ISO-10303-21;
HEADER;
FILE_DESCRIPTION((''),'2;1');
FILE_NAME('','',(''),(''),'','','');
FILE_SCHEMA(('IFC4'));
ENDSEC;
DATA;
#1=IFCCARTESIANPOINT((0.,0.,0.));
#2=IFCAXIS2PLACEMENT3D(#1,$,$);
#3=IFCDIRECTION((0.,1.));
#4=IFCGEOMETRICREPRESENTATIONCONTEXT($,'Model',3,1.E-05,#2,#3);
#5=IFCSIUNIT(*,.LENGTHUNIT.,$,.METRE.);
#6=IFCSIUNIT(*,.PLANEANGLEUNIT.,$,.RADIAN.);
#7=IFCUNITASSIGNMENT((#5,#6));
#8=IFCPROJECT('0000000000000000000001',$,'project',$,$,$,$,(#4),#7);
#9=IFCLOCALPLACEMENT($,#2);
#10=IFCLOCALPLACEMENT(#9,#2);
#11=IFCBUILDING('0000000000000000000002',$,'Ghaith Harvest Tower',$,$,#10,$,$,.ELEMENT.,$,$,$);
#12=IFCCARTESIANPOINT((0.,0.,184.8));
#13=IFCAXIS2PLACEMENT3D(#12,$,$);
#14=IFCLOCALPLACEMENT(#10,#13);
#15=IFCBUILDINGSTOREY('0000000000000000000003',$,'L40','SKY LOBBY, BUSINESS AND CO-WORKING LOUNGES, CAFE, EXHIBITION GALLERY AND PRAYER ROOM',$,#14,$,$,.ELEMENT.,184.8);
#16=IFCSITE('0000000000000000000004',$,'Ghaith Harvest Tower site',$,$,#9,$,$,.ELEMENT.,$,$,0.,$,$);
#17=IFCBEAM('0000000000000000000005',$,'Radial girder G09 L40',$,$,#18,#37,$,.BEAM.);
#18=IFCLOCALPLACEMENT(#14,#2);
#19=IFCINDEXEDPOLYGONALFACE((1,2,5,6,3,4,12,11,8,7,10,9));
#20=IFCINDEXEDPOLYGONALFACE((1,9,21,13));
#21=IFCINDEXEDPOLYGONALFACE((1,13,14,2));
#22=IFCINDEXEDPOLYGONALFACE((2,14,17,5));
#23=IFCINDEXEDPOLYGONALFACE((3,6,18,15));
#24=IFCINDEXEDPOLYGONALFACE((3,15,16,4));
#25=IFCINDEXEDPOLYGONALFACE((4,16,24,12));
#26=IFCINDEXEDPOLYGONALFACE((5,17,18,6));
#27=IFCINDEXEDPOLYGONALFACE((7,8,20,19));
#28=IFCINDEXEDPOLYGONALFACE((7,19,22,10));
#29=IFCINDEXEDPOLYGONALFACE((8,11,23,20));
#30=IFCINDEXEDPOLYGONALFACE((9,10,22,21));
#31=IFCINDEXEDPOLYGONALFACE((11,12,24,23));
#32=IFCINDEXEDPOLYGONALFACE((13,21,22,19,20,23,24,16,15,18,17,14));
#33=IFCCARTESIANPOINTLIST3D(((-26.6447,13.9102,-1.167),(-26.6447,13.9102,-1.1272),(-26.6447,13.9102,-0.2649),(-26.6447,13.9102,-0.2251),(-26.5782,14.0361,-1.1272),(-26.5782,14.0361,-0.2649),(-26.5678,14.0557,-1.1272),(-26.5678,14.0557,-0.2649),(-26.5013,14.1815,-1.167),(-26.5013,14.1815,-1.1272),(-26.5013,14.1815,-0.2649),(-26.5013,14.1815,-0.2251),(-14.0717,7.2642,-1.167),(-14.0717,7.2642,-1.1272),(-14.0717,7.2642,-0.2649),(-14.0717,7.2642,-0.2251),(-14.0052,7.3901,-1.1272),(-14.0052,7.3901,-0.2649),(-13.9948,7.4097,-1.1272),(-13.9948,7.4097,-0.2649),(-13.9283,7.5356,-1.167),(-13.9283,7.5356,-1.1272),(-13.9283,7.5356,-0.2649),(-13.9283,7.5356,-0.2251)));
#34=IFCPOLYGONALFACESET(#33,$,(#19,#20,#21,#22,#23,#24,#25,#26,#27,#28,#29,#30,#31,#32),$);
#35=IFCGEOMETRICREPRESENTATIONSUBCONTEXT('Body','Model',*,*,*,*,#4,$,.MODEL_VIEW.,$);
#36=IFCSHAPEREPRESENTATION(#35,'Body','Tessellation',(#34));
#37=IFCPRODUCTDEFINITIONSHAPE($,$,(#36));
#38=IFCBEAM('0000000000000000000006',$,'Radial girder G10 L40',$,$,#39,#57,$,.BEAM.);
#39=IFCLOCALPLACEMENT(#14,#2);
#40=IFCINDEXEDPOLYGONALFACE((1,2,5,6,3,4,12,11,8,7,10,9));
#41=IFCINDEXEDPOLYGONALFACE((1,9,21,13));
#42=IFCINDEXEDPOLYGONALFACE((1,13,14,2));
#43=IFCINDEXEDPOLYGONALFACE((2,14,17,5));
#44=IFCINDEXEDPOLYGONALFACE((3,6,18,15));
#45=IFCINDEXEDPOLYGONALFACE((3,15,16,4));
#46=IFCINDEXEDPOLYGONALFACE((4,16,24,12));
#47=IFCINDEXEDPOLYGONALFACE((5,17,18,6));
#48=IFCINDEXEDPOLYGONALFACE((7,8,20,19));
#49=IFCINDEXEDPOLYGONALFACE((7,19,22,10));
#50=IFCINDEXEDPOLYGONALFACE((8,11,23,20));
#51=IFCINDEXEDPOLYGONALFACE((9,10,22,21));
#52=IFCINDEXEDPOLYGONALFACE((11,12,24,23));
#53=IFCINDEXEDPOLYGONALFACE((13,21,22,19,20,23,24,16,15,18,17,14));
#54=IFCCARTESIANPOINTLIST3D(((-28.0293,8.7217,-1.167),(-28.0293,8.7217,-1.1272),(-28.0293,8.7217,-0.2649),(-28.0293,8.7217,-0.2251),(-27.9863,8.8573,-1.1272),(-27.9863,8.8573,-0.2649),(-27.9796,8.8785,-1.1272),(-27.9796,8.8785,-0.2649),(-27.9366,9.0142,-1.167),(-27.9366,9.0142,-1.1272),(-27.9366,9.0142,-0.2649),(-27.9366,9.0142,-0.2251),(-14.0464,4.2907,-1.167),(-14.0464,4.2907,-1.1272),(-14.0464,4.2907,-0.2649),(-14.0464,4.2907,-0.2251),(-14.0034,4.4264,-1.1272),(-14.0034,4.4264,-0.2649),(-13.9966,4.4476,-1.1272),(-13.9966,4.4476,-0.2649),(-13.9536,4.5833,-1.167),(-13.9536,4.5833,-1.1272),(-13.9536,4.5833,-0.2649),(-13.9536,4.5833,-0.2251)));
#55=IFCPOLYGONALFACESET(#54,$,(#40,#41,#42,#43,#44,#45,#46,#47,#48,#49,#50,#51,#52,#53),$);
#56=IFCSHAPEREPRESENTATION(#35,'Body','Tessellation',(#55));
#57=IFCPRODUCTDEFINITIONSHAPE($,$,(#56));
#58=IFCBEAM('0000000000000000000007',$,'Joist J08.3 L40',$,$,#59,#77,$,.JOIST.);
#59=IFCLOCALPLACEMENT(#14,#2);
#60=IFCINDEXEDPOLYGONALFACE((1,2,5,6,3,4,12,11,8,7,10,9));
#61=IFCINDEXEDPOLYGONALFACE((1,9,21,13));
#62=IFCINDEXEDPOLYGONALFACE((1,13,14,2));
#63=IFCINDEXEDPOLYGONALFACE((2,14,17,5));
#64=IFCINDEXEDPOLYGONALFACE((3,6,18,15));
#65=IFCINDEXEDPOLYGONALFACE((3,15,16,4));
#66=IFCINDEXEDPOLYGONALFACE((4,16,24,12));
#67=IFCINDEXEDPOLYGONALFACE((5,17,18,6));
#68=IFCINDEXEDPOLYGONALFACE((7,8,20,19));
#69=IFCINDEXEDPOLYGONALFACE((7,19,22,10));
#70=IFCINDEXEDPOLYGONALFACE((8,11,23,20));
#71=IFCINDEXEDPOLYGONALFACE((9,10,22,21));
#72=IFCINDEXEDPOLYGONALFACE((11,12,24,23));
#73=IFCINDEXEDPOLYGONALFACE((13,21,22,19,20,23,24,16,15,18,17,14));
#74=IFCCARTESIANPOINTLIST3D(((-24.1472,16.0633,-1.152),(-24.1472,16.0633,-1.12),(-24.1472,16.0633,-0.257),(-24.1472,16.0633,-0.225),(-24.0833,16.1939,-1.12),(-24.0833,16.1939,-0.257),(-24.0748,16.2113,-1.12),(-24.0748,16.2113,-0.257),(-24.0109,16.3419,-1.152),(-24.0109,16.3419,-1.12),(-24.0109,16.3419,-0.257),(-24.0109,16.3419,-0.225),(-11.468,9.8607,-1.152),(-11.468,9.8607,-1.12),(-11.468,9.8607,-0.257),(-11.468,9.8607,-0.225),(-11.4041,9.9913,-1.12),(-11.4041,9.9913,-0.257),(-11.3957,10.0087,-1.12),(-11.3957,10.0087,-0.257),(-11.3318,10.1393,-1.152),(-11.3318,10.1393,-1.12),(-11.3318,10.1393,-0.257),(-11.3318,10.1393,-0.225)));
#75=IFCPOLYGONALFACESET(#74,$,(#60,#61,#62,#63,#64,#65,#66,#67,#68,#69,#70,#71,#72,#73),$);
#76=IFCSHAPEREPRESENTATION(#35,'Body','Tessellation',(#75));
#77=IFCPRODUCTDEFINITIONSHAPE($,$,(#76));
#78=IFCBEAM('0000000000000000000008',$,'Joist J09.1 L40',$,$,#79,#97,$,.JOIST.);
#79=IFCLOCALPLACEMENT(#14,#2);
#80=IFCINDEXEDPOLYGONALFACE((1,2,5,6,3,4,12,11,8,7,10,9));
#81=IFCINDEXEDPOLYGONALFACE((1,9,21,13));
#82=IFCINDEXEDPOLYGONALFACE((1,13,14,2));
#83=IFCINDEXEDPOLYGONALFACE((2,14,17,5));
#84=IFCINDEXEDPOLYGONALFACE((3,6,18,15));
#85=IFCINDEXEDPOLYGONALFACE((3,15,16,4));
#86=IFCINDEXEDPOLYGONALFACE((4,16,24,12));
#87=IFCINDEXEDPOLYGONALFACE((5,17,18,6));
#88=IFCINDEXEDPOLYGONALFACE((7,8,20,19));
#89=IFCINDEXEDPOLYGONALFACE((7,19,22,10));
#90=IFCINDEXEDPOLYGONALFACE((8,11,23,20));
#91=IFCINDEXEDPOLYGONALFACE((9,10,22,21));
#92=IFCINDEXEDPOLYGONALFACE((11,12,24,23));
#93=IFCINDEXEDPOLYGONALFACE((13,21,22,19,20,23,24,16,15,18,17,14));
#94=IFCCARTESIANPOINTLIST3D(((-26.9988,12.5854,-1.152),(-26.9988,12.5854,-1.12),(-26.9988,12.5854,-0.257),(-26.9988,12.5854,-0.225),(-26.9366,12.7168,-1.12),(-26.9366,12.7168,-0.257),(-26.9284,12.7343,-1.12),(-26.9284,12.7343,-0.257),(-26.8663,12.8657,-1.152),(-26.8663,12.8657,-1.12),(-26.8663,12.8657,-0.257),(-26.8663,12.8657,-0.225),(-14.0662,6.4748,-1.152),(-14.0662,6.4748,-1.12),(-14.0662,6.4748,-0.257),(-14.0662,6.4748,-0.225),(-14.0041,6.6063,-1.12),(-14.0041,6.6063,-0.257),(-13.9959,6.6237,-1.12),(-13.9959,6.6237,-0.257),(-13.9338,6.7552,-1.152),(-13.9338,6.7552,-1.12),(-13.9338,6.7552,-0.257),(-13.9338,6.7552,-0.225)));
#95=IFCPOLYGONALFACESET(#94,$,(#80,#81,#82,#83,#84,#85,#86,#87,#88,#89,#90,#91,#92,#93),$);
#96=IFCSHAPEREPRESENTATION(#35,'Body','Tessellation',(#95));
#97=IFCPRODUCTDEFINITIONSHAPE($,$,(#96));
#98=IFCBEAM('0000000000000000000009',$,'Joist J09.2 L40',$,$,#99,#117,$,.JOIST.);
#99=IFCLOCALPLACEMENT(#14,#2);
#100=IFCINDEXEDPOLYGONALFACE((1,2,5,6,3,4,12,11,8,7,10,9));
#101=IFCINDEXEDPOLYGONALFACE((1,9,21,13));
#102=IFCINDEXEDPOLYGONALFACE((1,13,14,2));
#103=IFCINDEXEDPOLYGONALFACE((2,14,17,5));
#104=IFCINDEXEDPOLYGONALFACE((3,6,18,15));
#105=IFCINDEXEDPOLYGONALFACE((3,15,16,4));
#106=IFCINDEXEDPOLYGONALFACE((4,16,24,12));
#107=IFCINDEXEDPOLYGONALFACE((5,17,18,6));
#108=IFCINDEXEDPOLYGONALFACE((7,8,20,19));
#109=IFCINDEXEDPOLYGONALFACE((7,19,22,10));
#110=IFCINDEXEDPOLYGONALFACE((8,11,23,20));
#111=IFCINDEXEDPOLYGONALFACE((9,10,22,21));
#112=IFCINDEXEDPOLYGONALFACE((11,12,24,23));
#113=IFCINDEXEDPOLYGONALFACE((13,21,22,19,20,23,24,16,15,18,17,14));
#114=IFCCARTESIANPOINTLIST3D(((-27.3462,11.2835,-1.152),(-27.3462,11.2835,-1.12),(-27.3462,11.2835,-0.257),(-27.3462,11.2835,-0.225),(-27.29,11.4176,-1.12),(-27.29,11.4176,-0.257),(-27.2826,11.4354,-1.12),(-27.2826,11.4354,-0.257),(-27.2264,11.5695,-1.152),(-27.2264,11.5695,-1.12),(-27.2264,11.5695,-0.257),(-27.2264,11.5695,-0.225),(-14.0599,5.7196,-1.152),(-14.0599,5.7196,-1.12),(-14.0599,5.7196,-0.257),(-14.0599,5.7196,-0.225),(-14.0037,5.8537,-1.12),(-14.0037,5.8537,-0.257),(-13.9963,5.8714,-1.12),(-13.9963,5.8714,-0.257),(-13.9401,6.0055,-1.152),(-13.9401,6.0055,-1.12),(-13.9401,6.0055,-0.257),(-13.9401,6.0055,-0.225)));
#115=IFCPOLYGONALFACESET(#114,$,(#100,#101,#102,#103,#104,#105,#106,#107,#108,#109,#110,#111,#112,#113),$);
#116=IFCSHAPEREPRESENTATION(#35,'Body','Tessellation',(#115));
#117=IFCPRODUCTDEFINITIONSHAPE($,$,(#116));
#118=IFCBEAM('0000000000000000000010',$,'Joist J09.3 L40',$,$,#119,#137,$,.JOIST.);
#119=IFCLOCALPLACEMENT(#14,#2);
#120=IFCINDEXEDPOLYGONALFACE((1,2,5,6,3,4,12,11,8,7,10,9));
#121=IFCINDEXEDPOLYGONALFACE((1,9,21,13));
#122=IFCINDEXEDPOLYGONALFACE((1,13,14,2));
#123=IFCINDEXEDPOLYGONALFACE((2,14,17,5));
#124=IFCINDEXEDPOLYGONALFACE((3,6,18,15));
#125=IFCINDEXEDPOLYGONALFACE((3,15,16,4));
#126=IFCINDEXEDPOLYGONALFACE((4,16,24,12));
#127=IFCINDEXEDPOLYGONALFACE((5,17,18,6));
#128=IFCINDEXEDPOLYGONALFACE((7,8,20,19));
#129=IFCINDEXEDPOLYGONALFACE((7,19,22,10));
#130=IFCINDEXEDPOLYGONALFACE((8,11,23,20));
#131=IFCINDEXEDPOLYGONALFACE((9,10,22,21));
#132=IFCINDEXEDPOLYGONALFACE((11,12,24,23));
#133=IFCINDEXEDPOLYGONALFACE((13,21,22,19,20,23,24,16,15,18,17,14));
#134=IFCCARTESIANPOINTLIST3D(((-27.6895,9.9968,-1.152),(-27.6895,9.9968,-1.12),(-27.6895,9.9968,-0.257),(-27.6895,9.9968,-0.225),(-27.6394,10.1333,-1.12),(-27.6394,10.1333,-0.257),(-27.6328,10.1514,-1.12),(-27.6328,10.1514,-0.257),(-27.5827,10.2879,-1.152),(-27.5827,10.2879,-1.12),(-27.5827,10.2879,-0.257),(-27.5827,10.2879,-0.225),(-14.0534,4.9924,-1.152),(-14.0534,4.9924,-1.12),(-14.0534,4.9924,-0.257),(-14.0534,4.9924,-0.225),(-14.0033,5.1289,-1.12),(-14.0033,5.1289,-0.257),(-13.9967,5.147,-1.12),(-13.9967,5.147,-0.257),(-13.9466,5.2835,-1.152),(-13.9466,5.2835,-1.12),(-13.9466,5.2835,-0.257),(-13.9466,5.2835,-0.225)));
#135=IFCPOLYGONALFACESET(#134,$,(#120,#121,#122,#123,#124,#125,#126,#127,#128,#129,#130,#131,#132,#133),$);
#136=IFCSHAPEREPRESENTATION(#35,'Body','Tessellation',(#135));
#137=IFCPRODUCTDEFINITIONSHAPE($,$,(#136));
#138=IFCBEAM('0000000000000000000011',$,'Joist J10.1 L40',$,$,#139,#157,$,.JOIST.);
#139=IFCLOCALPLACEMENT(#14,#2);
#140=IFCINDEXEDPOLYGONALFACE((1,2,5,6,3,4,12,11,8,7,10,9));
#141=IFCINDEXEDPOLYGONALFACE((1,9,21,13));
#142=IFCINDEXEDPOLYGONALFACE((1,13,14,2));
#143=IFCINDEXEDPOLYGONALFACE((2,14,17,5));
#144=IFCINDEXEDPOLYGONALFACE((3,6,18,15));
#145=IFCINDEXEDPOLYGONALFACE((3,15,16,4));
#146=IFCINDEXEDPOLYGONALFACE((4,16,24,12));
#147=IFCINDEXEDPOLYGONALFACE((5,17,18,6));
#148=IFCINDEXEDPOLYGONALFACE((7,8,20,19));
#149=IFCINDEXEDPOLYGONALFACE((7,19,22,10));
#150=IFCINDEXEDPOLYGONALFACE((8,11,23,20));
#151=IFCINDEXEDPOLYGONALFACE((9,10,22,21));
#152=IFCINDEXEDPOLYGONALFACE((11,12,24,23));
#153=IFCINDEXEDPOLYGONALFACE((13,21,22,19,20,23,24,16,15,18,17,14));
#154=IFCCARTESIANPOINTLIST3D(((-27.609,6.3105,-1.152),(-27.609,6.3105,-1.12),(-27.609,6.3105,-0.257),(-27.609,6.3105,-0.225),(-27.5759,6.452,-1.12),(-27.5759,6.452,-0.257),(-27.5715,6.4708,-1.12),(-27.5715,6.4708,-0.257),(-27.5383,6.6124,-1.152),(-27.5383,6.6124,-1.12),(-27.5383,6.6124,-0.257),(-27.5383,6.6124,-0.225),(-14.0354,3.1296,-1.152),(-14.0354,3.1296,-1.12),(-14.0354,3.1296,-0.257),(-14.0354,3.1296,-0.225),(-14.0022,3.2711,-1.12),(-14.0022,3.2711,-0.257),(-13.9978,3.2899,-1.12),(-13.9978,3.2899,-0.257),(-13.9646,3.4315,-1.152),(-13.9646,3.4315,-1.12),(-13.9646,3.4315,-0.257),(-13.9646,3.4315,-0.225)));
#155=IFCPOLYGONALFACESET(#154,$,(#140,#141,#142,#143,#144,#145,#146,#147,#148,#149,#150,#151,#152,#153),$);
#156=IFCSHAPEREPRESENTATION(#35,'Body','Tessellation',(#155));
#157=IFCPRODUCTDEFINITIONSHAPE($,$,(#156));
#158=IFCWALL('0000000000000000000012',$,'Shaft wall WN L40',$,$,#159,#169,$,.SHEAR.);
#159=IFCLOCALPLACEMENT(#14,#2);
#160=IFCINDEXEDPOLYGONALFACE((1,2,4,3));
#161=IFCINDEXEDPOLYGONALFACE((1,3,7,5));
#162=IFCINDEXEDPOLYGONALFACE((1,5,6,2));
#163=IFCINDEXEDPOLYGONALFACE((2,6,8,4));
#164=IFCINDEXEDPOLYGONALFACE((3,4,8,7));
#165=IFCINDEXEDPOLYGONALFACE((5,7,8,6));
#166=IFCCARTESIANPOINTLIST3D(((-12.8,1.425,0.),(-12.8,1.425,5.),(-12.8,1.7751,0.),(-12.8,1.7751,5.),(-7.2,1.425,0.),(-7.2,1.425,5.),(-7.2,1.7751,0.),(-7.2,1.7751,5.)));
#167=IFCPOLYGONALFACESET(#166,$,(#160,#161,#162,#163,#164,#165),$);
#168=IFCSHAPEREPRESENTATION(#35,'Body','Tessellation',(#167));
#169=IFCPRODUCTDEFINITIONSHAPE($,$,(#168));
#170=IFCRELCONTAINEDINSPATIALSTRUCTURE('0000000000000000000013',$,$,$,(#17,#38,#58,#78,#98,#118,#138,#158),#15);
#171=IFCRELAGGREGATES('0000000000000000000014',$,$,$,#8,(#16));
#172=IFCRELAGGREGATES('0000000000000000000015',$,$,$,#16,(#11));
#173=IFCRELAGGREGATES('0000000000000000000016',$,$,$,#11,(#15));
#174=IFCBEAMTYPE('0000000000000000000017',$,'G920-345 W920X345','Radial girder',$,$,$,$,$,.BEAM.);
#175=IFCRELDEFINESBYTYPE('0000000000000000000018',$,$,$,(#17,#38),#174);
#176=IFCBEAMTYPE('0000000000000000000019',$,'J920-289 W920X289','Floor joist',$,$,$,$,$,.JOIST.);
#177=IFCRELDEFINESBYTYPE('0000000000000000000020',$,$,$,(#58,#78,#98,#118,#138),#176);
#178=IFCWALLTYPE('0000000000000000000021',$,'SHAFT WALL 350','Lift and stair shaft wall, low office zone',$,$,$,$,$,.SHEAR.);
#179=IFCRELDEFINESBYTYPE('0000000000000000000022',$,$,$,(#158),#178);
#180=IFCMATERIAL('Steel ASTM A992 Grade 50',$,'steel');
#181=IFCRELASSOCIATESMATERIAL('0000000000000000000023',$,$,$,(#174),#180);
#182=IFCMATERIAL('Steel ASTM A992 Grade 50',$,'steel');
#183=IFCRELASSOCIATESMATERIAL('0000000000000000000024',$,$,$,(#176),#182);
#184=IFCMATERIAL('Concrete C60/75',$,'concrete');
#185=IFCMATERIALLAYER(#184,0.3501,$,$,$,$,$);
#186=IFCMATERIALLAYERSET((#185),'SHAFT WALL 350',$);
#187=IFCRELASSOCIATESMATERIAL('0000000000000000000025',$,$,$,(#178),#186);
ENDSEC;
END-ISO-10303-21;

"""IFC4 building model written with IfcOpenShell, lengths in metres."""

from ifc_helpers import new_model, si_unit, direction, frame, frame_2d, origin, origin_2d, place, context, subcontext, project, spatial, rectangle, i_section, extrude, material, layer, layer_set, material_profile, profile_set, type_object, element, save


model = new_model("IFC4")

# Units and contexts
model_context = context("Model", 3, precision=1e-05, world=origin(), true_north=direction((0.0, 1.0)))
body_context = subcontext(model_context, "Body", "Model", "MODEL_VIEW")
ifc_project = project(units=[si_unit("LENGTHUNIT", "METRE"), si_unit("PLANEANGLEUNIT", "RADIAN")], contexts=[model_context])

# Site, building, storey
site_placement = place(None, origin())
site = spatial("IfcSite", under=ifc_project, at=site_placement, Name="Ghaith Harvest Tower site", CompositionType="ELEMENT", RefElevation=0.0)
building_placement = place(site_placement, origin())
building = spatial("IfcBuilding", under=site, at=building_placement, Name="Ghaith Harvest Tower", CompositionType="ELEMENT")
storey_placement = place(building_placement, frame((0.0, 0.0, 184.8)))
storey = spatial("IfcBuildingStorey", under=building, at=storey_placement, Name="L40", Description="SKY LOBBY, BUSINESS AND CO-WORKING LOUNGES, CAFE, EXHIBITION GALLERY AND PRAYER ROOM", CompositionType="ELEMENT", Elevation=184.8)

# Beams
ifc_material_1 = material(Name="Steel ASTM A992 Grade 50", Category="steel")
ifc_material_profile_1 = material_profile(ifc_material_1, i_section(OverallWidth=0.3069, OverallDepth=0.9419, WebThickness=0.0222, FlangeThickness=0.0398, at=origin_2d()), Name="W920X345")
ifc_profile_set_1 = profile_set([ifc_material_profile_1], Name="Steel ASTM A992 Grade 50")
beam_type_1 = type_object("IfcBeamType", Name="G920-345 W920X345", Description="Radial girder", PredefinedType="BEAM", material=ifc_profile_set_1)
beam_1_placement = place(storey_placement, frame((-14.0, 7.3999, -0.696), z_axis=(-0.884087, 0.467322, 0.0), x_axis=(-0.467322, -0.884087, 0.0)))
element("IfcBeam", 1, at=beam_1_placement, inside=storey, type_object=beam_type_1, Name="Radial girder G09 L40", PredefinedType="BEAM", context=body_context, shape_type="SweptSolid", body=[
    extrude(i_section(OverallWidth=0.3069, OverallDepth=0.9419, WebThickness=0.0222, FlangeThickness=0.0398, at=origin_2d()), origin(), (0.0, 0.0, 1.0), 14.2214),
])
beam_2_placement = place(storey_placement, frame((-14.0, 4.437, -0.696), z_axis=(-0.953284, 0.302077, 0.0), x_axis=(-0.302077, -0.953284, 0.0)))
element("IfcBeam", 2, at=beam_2_placement, inside=storey, type_object=beam_type_1, Name="Radial girder G10 L40", PredefinedType="BEAM", context=body_context, shape_type="SweptSolid", body=[
    extrude(i_section(OverallWidth=0.3069, OverallDepth=0.9419, WebThickness=0.0222, FlangeThickness=0.0398, at=origin_2d()), origin(), (0.0, 0.0, 1.0), 14.6682),
])
ifc_material_2 = material(Name="Steel ASTM A992 Grade 50", Category="steel")
ifc_material_profile_2 = material_profile(ifc_material_2, i_section(OverallWidth=0.3101, OverallDepth=0.927, WebThickness=0.0193, FlangeThickness=0.032, at=origin_2d()), Name="W920X289")
ifc_profile_set_2 = profile_set([ifc_material_profile_2], Name="Steel ASTM A992 Grade 50")
beam_type_2 = type_object("IfcBeamType", Name="J920-289 W920X289", Description="Floor joist", PredefinedType="JOIST", material=ifc_profile_set_2)
beam_3_placement = place(storey_placement, frame((-11.3999, 10.0, -0.6885), z_axis=(-0.898275, 0.439434, 0.0), x_axis=(-0.439434, -0.898275, 0.0)))
element("IfcBeam", 3, at=beam_3_placement, inside=storey, type_object=beam_type_2, Name="Joist J08.3 L40", PredefinedType="JOIST", context=body_context, shape_type="SweptSolid", body=[
    extrude(i_section(OverallWidth=0.3101, OverallDepth=0.927, WebThickness=0.0193, FlangeThickness=0.032, at=origin_2d()), origin(), (0.0, 0.0, 1.0), 14.115),
])
beam_4_placement = place(storey_placement, frame((-14.0, 6.615, -0.6885), z_axis=(-0.904153, 0.427208, 0.0), x_axis=(-0.427208, -0.904153, 0.0)))
element("IfcBeam", 4, at=beam_4_placement, inside=storey, type_object=beam_type_2, Name="Joist J09.1 L40", PredefinedType="JOIST", context=body_context, shape_type="SweptSolid", body=[
    extrude(i_section(OverallWidth=0.3101, OverallDepth=0.927, WebThickness=0.0193, FlangeThickness=0.032, at=origin_2d()), origin(), (0.0, 0.0, 1.0), 14.3035),
])
beam_5_placement = place(storey_placement, frame((-14.0, 5.8625, -0.6885), z_axis=(-0.922386, 0.38627, 0.0), x_axis=(-0.38627, -0.922386, 0.0)))
element("IfcBeam", 5, at=beam_5_placement, inside=storey, type_object=beam_type_2, Name="Joist J09.2 L40", PredefinedType="JOIST", context=body_context, shape_type="SweptSolid", body=[
    extrude(i_section(OverallWidth=0.3101, OverallDepth=0.927, WebThickness=0.0193, FlangeThickness=0.032, at=origin_2d()), origin(), (0.0, 0.0, 1.0), 14.4043),
])
beam_6_placement = place(storey_placement, frame((-14.0, 5.1379, -0.6885), z_axis=(-0.938775, 0.34453, 0.0), x_axis=(-0.34453, -0.938775, 0.0)))
element("IfcBeam", 6, at=beam_6_placement, inside=storey, type_object=beam_type_2, Name="Joist J09.3 L40", PredefinedType="JOIST", context=body_context, shape_type="SweptSolid", body=[
    extrude(i_section(OverallWidth=0.3101, OverallDepth=0.927, WebThickness=0.0193, FlangeThickness=0.032, at=origin_2d()), origin(), (0.0, 0.0, 1.0), 14.5254),
])
beam_7_placement = place(storey_placement, frame((-14.0, 3.2805, -0.6885), z_axis=(-0.973623, 0.228162, 0.0), x_axis=(-0.228162, -0.973623, 0.0)))
element("IfcBeam", 7, at=beam_7_placement, inside=storey, type_object=beam_type_2, Name="Joist J10.1 L40", PredefinedType="JOIST", context=body_context, shape_type="SweptSolid", body=[
    extrude(i_section(OverallWidth=0.3101, OverallDepth=0.927, WebThickness=0.0193, FlangeThickness=0.032, at=origin_2d()), origin(), (0.0, 0.0, 1.0), 13.9414),
])

# Wall
ifc_material_3 = material(Name="Concrete C60/75", Category="concrete")
ifc_layer_1 = layer(ifc_material_3, 0.3501)
ifc_layer_set_1 = layer_set([ifc_layer_1], Name="SHAFT WALL 350")
wall_type_1 = type_object("IfcWallType", Name="SHAFT WALL 350", Description="Lift and stair shaft wall, low office zone", PredefinedType="SHEAR", material=ifc_layer_set_1)
wall_1_placement = place(storey_placement, frame((-12.8, 1.6001, 0.0), z_axis=(0.0, 0.0, 1.0), x_axis=(1.0, 0.0, 0.0)))
element("IfcWall", 8, at=wall_1_placement, inside=storey, type_object=wall_type_1, Name="Shaft wall WN L40", PredefinedType="SHEAR", context=body_context, shape_type="SweptSolid", body=[
    extrude(rectangle(XDim=5.6001, YDim=0.3501, at=frame_2d((2.8, 0.0))), origin(), (0.0, 0.0, 1.0), 5.0),
])

save(model, "model.ifc")
